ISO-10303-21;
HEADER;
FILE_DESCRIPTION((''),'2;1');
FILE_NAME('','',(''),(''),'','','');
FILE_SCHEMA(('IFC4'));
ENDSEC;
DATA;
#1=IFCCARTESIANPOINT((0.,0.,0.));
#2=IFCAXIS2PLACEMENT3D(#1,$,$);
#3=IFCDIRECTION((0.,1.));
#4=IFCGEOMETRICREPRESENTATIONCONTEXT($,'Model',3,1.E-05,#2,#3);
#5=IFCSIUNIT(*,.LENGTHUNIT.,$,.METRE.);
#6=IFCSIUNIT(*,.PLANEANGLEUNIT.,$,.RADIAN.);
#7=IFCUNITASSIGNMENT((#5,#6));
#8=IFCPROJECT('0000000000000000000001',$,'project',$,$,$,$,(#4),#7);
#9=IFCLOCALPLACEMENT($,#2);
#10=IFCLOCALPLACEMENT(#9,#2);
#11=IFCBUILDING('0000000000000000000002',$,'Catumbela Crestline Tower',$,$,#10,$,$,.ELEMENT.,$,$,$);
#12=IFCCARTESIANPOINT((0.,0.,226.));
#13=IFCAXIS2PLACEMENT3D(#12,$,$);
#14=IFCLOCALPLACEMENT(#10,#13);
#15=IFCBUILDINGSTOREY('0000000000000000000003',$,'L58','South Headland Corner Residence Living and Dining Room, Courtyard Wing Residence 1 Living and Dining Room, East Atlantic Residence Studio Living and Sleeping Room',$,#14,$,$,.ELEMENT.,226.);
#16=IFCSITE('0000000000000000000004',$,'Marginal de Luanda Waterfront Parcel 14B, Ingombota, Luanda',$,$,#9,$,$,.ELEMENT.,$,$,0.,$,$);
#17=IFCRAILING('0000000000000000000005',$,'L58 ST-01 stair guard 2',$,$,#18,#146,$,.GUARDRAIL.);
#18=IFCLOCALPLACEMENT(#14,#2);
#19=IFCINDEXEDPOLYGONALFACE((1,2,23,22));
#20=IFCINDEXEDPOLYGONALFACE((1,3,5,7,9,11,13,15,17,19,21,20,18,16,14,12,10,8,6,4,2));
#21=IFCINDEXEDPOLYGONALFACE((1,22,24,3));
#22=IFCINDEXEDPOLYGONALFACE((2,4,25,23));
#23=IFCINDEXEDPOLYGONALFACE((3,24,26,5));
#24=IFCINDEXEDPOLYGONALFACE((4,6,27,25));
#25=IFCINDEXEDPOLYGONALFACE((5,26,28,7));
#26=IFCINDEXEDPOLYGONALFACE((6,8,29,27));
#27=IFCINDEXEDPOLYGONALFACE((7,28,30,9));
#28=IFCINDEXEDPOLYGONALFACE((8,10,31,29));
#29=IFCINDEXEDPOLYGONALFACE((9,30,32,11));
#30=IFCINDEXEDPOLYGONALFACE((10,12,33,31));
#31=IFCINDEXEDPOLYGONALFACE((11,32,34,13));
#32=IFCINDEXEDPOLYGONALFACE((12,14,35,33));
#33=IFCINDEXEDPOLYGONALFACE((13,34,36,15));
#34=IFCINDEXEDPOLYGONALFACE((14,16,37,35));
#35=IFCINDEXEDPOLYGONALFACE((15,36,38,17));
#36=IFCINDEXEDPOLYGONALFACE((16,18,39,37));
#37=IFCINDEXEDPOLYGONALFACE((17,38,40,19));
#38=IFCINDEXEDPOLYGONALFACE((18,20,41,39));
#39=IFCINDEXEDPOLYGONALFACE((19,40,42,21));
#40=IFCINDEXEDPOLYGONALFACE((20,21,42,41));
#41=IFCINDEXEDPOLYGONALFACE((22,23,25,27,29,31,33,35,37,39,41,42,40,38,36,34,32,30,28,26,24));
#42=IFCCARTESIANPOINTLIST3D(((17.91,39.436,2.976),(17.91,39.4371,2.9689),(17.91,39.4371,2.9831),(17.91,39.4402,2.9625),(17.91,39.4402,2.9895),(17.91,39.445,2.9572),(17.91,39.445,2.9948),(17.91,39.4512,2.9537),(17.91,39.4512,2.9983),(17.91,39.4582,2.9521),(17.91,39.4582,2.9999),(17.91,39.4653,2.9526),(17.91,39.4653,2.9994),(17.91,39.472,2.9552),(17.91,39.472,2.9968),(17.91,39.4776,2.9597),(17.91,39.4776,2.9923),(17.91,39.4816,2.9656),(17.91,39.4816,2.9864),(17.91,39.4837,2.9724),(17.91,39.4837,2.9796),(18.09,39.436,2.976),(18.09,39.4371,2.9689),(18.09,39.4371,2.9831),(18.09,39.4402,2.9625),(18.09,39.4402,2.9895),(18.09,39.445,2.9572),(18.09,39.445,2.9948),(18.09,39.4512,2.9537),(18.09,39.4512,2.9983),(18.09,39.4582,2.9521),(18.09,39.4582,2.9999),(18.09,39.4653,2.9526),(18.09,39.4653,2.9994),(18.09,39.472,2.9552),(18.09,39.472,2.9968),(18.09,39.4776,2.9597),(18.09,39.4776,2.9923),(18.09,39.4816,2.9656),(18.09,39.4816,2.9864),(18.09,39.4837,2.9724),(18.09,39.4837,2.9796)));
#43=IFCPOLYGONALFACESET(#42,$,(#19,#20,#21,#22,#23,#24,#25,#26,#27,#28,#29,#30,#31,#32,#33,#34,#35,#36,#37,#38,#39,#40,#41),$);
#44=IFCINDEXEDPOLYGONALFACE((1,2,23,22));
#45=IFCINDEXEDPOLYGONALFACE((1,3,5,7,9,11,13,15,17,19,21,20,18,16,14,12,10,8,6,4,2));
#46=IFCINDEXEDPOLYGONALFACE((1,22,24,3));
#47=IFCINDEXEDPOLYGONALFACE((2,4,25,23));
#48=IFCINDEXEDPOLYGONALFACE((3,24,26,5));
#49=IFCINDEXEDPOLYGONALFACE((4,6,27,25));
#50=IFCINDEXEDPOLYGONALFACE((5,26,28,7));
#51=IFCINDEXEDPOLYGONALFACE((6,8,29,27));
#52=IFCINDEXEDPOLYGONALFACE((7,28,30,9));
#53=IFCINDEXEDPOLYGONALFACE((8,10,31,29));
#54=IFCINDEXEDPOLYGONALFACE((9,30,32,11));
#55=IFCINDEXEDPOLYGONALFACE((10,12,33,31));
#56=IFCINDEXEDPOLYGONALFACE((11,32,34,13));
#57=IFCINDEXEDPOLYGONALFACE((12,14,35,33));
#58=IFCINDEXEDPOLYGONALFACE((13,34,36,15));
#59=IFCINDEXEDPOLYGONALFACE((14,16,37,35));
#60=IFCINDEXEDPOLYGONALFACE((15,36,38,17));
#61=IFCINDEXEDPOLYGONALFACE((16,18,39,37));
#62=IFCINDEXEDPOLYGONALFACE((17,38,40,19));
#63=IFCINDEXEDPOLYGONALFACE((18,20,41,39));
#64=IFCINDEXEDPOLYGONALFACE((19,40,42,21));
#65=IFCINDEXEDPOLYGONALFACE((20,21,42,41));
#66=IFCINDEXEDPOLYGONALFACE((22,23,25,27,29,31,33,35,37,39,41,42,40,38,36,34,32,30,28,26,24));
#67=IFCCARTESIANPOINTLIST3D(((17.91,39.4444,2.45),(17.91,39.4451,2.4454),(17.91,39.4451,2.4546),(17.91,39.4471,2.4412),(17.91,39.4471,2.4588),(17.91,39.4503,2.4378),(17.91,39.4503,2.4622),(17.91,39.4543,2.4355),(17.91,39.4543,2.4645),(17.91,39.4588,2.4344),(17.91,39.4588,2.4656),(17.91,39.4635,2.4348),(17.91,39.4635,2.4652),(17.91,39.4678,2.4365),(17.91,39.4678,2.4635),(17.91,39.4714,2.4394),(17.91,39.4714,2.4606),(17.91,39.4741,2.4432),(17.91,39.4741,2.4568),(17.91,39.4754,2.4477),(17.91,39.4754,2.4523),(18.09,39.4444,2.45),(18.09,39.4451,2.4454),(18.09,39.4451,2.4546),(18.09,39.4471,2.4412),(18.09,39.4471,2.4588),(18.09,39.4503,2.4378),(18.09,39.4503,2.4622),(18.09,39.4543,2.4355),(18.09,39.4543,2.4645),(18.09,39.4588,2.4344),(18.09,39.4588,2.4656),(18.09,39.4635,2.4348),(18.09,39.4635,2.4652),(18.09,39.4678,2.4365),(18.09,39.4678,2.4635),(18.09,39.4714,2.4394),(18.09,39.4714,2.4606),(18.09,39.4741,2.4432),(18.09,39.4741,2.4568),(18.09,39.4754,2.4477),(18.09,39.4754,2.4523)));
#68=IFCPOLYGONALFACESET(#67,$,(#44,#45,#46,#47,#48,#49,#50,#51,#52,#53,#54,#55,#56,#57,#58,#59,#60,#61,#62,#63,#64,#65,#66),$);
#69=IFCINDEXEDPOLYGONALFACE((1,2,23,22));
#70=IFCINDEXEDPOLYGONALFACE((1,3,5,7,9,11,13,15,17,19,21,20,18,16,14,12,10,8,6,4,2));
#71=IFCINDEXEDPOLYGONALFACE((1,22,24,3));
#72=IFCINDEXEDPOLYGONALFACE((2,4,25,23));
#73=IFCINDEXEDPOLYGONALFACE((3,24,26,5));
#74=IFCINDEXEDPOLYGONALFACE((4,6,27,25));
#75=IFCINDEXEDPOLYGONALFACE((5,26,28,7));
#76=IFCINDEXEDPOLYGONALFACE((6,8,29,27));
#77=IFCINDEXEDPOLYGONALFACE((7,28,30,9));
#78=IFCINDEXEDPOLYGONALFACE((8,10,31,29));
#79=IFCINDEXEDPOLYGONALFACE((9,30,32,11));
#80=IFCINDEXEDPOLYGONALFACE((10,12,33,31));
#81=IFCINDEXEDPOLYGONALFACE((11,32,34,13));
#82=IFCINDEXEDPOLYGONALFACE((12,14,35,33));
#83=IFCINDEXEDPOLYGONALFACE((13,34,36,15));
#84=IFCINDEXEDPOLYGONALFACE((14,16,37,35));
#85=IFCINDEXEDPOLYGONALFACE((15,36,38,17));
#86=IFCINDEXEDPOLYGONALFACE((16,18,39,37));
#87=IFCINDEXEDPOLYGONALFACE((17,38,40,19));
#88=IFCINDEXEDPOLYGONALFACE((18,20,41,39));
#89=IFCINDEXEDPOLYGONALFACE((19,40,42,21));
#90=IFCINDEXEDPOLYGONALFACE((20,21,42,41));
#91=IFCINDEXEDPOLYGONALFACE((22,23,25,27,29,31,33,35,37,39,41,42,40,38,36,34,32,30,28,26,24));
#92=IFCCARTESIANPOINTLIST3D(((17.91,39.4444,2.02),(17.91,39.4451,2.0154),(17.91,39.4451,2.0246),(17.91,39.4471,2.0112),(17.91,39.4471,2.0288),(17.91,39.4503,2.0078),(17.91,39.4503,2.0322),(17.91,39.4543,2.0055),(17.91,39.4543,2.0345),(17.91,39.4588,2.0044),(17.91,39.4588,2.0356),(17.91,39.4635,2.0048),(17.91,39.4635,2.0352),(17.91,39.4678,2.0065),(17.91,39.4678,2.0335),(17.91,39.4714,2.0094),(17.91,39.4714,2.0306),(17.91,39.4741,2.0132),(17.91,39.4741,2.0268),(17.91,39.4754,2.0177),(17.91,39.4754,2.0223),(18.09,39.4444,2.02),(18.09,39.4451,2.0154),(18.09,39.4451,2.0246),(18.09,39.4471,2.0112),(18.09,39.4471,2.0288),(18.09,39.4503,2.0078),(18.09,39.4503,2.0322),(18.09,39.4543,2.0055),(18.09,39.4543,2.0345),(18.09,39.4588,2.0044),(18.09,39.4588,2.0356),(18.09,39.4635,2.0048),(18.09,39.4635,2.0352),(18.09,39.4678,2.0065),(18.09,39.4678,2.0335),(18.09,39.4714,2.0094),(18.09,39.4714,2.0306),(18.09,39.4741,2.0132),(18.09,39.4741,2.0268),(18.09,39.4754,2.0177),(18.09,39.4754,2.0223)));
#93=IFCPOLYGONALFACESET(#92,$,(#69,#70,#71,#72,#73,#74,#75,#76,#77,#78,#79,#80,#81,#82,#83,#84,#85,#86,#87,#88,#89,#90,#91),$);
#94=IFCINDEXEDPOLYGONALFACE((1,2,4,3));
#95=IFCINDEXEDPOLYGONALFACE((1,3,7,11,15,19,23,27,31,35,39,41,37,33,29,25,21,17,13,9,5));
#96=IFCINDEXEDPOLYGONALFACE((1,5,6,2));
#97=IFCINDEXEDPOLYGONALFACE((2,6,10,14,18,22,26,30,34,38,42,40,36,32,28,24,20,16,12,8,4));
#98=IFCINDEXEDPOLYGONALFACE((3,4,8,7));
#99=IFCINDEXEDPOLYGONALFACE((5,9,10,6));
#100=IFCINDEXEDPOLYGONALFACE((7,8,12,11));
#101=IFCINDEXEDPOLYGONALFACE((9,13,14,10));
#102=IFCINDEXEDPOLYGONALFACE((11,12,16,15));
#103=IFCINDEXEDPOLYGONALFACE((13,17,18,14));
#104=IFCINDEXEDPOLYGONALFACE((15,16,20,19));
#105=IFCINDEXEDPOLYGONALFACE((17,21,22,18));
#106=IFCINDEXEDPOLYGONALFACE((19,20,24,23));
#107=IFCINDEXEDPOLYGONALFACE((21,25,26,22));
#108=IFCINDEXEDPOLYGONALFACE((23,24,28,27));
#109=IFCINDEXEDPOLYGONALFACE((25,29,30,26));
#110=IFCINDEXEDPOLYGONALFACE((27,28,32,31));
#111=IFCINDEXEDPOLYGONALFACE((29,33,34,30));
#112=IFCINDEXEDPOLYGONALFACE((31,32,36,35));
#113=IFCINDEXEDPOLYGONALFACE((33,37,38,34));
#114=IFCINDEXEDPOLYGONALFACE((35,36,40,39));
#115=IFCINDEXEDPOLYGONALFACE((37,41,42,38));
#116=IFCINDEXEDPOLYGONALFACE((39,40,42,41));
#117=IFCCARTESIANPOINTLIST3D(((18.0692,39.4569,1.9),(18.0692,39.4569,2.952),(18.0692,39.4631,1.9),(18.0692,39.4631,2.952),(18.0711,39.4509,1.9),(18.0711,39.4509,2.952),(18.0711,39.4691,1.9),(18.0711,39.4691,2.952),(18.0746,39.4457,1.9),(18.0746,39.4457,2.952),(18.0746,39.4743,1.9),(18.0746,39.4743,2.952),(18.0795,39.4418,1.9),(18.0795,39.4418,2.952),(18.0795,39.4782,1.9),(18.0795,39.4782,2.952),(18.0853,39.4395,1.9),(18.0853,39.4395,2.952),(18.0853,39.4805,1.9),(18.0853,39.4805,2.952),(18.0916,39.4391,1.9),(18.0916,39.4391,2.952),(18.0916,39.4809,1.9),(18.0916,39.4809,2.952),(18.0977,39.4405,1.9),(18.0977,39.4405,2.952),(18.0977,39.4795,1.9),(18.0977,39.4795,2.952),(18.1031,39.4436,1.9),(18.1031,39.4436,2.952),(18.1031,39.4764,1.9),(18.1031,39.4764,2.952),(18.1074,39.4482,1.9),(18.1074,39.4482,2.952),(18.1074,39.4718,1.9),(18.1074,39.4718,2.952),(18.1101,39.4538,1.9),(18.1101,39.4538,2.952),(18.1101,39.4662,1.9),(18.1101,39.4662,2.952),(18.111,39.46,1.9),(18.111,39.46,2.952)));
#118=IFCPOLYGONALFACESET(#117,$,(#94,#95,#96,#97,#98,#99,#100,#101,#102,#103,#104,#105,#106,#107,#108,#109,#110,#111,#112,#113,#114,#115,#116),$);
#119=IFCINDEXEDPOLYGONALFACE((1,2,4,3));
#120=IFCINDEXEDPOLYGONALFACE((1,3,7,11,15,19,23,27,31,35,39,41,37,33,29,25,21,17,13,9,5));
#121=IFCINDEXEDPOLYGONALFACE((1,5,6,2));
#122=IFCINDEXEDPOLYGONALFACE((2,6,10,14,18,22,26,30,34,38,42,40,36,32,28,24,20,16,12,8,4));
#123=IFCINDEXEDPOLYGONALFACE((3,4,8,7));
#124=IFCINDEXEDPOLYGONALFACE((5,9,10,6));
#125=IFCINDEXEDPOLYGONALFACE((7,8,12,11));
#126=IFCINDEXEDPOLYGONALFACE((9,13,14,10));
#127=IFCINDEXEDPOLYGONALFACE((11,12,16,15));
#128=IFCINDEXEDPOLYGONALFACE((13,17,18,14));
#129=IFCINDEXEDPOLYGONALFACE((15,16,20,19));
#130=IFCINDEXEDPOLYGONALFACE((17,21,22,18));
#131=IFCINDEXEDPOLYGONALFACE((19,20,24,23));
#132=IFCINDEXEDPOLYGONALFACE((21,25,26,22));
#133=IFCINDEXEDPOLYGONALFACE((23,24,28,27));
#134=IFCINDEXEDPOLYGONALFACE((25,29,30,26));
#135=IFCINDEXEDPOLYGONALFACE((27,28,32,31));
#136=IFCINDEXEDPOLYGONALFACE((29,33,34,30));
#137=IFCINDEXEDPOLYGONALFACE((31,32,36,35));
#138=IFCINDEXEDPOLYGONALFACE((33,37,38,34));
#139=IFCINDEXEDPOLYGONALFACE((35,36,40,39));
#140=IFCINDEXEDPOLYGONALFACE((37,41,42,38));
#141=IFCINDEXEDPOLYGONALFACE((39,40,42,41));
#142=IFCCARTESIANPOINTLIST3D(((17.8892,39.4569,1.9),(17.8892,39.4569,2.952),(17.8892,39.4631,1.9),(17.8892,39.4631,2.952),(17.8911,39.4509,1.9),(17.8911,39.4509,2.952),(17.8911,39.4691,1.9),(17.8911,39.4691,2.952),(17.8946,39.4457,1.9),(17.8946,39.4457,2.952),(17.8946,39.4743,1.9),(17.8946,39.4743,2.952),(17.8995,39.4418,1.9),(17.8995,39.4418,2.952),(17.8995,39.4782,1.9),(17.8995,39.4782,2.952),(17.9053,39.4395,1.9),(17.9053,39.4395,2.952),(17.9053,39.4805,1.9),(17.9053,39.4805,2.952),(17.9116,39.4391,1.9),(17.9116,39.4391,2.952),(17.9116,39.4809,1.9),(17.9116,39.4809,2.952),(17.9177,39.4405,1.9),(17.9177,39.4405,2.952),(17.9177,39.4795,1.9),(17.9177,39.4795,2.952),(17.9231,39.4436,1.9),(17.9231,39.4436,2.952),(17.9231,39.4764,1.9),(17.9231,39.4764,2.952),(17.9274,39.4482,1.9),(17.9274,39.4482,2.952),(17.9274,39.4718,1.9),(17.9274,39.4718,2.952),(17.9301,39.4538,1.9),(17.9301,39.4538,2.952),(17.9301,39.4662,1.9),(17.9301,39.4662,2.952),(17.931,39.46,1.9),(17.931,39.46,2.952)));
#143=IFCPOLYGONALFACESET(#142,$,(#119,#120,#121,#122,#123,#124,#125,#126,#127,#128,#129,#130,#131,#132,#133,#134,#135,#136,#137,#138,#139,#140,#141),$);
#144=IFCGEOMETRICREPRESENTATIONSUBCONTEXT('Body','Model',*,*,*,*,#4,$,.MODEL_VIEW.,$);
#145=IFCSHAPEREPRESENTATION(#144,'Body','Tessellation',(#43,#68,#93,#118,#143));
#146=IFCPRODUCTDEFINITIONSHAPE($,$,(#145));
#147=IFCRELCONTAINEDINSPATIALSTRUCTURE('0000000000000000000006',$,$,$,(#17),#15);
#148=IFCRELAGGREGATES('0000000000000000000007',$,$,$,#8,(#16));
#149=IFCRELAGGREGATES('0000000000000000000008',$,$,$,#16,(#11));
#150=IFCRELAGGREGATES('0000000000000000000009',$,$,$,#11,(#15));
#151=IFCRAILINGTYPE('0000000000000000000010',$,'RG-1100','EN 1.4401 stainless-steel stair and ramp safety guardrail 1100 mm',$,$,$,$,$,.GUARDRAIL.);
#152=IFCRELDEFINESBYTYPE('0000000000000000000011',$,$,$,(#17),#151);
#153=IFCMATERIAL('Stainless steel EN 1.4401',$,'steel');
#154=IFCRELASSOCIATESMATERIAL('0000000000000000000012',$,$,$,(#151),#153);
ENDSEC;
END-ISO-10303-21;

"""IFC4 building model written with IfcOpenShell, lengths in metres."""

from ifc_helpers import new_model, si_unit, direction, frame, origin, origin_2d, place, context, subcontext, project, spatial, circle, extrude, material, type_object, element, save


model = new_model("IFC4")

# Units and contexts
model_context = context("Model", 3, precision=1e-05, world=origin(), true_north=direction((0.0, 1.0)))
body_context = subcontext(model_context, "Body", "Model", "MODEL_VIEW")
ifc_project = project(units=[si_unit("LENGTHUNIT", "METRE"), si_unit("PLANEANGLEUNIT", "RADIAN")], contexts=[model_context])

# Site, building, storey
site_placement = place(None, origin())
site = spatial("IfcSite", under=ifc_project, at=site_placement, Name="Marginal de Luanda Waterfront Parcel 14B, Ingombota, Luanda", CompositionType="ELEMENT", RefElevation=0.0)
building_placement = place(site_placement, origin())
building = spatial("IfcBuilding", under=site, at=building_placement, Name="Catumbela Crestline Tower", CompositionType="ELEMENT")
storey_placement = place(building_placement, frame((0.0, 0.0, 226.0)))
storey = spatial("IfcBuildingStorey", under=building, at=storey_placement, Name="L58", Description="South Headland Corner Residence Living and Dining Room, Courtyard Wing Residence 1 Living and Dining Room, East Atlantic Residence Studio Living and Sleeping Room", CompositionType="ELEMENT", Elevation=226.0)

# Shared definitions
ifc_material_1 = material(Name="Stainless steel EN 1.4401", Category="steel")

# Railing
railing_type_1 = type_object("IfcRailingType", Name="RG-1100", Description="EN 1.4401 stainless-steel stair and ramp safety guardrail 1100 mm", PredefinedType="GUARDRAIL", material=ifc_material_1)
for number, where, name in (
    (1, (18.09, 39.46, 1.9), "L58 ST-01 stair guard 2"),
):
    element("IfcRailing", number, at=place(storey_placement, frame(where)), inside=storey, type_object=railing_type_1, Name=name, PredefinedType="GUARDRAIL", context=body_context, shape_type="SweptSolid", body=[
        extrude(circle(Radius=0.024, at=origin_2d()), frame((0.0, 0.0, 1.076), z_axis=(-1.0, 0.0, 0.0), x_axis=(0.0, -1.0, 0.0)), (0.0, 0.0, 1.0), 0.18),
        extrude(circle(Radius=0.0156, at=origin_2d()), frame((0.0, 0.0, 0.55), z_axis=(-1.0, 0.0, 0.0), x_axis=(0.0, -1.0, 0.0)), (0.0, 0.0, 1.0), 0.18),
        extrude(circle(Radius=0.0156, at=origin_2d()), frame((0.0, 0.0, 0.12), z_axis=(-1.0, 0.0, 0.0), x_axis=(0.0, -1.0, 0.0)), (0.0, 0.0, 1.0), 0.18),
        extrude(circle(Radius=0.021, at=origin_2d()), origin(), (0.0, 0.0, 1.0), 1.052),
        extrude(circle(Radius=0.021, at=origin_2d()), frame((-0.18, 0.0, 0.0)), (0.0, 0.0, 1.0), 1.052),
    ])

save(model, "model.ifc")
